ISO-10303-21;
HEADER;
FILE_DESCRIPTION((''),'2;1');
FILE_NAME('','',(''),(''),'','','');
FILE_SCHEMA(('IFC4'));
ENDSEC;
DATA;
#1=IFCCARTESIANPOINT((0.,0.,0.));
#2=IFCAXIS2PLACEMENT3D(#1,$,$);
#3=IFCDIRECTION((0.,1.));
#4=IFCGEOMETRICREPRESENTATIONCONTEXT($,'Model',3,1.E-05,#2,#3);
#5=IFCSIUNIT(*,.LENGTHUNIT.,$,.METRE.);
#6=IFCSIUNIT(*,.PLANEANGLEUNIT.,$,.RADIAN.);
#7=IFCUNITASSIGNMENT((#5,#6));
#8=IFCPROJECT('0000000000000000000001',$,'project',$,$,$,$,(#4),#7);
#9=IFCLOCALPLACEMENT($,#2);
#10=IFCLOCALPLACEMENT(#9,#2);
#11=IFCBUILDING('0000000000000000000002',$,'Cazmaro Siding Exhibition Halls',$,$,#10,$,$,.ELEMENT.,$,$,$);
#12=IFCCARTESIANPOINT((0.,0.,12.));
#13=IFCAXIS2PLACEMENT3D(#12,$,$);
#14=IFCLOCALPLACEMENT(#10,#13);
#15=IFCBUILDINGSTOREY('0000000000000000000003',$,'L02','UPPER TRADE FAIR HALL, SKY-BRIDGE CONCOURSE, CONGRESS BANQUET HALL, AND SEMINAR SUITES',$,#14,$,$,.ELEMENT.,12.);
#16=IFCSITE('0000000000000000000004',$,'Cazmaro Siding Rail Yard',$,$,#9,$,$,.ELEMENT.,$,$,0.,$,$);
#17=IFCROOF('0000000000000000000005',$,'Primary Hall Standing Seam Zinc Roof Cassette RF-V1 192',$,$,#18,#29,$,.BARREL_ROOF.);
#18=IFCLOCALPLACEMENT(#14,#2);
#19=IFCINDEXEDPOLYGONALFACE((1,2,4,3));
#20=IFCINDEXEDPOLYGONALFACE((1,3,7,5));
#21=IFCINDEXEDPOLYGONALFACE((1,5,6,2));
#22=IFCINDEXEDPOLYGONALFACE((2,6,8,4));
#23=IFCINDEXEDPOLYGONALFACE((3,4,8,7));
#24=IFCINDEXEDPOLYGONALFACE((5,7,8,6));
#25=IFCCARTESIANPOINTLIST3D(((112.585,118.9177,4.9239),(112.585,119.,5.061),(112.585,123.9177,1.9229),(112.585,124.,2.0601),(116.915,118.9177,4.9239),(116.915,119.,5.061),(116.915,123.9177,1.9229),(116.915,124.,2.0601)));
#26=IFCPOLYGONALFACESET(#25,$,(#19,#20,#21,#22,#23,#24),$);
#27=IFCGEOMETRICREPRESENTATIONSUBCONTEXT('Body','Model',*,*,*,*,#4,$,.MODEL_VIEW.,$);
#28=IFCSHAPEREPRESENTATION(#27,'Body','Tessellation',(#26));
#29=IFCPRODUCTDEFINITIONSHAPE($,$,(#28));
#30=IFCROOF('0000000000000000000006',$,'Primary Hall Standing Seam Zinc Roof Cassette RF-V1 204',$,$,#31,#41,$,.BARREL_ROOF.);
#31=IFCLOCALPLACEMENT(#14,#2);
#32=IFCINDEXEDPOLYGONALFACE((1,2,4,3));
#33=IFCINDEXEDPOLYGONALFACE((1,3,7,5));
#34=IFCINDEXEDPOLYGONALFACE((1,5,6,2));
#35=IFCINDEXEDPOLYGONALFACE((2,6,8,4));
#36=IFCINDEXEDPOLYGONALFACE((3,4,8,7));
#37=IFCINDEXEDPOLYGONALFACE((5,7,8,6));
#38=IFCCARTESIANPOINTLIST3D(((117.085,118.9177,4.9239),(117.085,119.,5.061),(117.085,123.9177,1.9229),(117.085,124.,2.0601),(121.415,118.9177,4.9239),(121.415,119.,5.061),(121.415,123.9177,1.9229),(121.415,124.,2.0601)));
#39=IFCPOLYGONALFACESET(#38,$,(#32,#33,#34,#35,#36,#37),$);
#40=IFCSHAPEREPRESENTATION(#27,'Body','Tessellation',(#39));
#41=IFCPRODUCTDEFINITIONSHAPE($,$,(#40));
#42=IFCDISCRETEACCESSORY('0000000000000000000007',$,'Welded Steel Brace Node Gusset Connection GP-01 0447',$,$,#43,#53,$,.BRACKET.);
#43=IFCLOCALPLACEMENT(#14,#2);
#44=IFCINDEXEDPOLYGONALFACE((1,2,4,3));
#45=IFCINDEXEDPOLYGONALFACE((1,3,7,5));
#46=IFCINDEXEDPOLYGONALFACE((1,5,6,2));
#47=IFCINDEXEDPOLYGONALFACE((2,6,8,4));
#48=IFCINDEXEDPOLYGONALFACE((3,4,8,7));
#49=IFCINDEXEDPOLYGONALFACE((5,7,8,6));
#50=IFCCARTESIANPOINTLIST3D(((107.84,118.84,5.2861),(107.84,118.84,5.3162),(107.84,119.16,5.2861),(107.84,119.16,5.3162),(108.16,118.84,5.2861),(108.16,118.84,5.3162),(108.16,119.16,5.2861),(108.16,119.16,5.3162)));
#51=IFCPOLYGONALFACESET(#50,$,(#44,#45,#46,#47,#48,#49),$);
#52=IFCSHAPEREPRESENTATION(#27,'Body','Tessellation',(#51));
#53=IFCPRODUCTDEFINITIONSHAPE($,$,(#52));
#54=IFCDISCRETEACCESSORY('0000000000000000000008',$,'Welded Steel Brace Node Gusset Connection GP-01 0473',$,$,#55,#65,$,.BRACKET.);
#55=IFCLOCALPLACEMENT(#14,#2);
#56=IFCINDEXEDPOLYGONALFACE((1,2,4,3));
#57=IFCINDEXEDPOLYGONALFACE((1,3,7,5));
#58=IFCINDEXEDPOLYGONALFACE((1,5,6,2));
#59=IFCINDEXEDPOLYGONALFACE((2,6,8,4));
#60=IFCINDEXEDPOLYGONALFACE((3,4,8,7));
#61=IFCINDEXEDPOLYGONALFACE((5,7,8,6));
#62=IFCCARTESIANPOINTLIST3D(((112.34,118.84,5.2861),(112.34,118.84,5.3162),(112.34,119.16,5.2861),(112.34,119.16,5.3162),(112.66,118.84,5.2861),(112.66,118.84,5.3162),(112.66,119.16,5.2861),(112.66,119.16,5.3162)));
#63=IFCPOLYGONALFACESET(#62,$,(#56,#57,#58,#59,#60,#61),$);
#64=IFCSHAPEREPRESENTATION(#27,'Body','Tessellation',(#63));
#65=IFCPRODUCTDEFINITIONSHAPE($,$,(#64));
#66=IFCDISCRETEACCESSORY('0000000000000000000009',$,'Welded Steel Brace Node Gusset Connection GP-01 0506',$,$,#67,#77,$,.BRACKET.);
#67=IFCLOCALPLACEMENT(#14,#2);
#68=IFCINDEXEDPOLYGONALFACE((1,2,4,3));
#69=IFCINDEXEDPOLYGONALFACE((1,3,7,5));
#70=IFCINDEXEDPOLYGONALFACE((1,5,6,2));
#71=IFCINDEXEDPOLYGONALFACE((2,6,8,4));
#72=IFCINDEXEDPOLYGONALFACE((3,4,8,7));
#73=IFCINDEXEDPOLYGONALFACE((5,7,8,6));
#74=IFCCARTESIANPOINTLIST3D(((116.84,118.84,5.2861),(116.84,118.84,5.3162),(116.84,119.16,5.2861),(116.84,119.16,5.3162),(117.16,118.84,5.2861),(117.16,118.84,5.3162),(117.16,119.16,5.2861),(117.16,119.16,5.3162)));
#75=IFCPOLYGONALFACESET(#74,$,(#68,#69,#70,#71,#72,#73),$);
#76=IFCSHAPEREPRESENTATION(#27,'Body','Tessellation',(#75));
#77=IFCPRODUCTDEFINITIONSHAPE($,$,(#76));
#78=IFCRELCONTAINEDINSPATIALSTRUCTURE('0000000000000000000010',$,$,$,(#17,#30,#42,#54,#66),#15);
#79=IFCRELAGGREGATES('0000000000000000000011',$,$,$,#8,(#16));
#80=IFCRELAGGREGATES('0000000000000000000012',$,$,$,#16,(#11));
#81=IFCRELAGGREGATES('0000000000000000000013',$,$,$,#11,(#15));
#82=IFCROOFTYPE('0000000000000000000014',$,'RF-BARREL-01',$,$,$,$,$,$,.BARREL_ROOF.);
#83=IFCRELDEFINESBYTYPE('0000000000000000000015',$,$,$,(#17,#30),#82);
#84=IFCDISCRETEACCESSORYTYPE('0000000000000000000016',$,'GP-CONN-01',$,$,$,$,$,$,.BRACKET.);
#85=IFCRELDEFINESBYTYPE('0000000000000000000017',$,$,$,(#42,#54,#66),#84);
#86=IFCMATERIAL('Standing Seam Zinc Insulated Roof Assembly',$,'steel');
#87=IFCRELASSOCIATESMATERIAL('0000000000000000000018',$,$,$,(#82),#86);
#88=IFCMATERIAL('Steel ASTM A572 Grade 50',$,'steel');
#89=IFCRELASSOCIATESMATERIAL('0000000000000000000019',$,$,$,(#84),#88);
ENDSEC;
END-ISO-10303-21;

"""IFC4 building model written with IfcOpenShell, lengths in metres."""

from ifc_helpers import new_model, si_unit, direction, frame, origin, origin_2d, place, context, subcontext, project, spatial, polyline, rectangle, outline, extrude, material, type_object, element, save


model = new_model("IFC4")

# Units and contexts
model_context = context("Model", 3, precision=1e-05, world=origin(), true_north=direction((0.0, 1.0)))
body_context = subcontext(model_context, "Body", "Model", "MODEL_VIEW")
ifc_project = project(units=[si_unit("LENGTHUNIT", "METRE"), si_unit("PLANEANGLEUNIT", "RADIAN")], contexts=[model_context])

# Site, building, storey
site_placement = place(None, origin())
site = spatial("IfcSite", under=ifc_project, at=site_placement, Name="Cazmaro Siding Rail Yard", CompositionType="ELEMENT", RefElevation=0.0)
building_placement = place(site_placement, origin())
building = spatial("IfcBuilding", under=site, at=building_placement, Name="Cazmaro Siding Exhibition Halls", CompositionType="ELEMENT")
storey_placement = place(building_placement, frame((0.0, 0.0, 12.0)))
storey = spatial("IfcBuildingStorey", under=building, at=storey_placement, Name="L02", Description="UPPER TRADE FAIR HALL, SKY-BRIDGE CONCOURSE, CONGRESS BANQUET HALL, AND SEMINAR SUITES", CompositionType="ELEMENT", Elevation=12.0)

# Roofs
ifc_material_1 = material(Name="Standing Seam Zinc Insulated Roof Assembly", Category="steel")
roof_type = type_object("IfcRoofType", Name="RF-BARREL-01", PredefinedType="BARREL_ROOF", material=ifc_material_1)
for number, where, z_axis, x_axis, name in (
    (1, (112.585, 119.0, 5.061), (0.0, 0.514619, 0.857419), (1.0, 0.0, 0.0), "Primary Hall Standing Seam Zinc Roof Cassette RF-V1 192"),
    (2, (117.085, 119.0, 5.061), (0.0, 0.514619, 0.857419), (1.0, 0.0, 0.0), "Primary Hall Standing Seam Zinc Roof Cassette RF-V1 204"),
):
    element("IfcRoof", number, at=place(storey_placement, frame(where, z_axis=z_axis, x_axis=x_axis)), inside=storey, type_object=roof_type, Name=name, PredefinedType="BARREL_ROOF", context=body_context, shape_type="SweptSolid", body=[
        extrude(outline(polyline([(0.0, 0.0), (4.3301, 0.0), (4.3301, 5.8315), (0.0, 5.8315), (0.0, 0.0)])), origin(), (0.0, 0.0, -1.0), 0.1599),
    ])

# Discrete accessories
ifc_material_2 = material(Name="Steel ASTM A572 Grade 50", Category="steel")
discrete_accessory_type = type_object("IfcDiscreteAccessoryType", Name="GP-CONN-01", PredefinedType="BRACKET", material=ifc_material_2)
for number, where, z_axis, x_axis, name in (
    (3, (108.0, 119.0, 5.2861), (0.0, 0.0, 1.0), (1.0, 0.0, 0.0), "Welded Steel Brace Node Gusset Connection GP-01 0447"),
    (4, (112.5, 119.0, 5.2861), (0.0, 0.0, 1.0), (1.0, 0.0, 0.0), "Welded Steel Brace Node Gusset Connection GP-01 0473"),
    (5, (117.0, 119.0, 5.2861), (0.0, 0.0, 1.0), (1.0, 0.0, 0.0), "Welded Steel Brace Node Gusset Connection GP-01 0506"),
):
    element("IfcDiscreteAccessory", number, at=place(storey_placement, frame(where, z_axis=z_axis, x_axis=x_axis)), inside=storey, type_object=discrete_accessory_type, Name=name, PredefinedType="BRACKET", context=body_context, shape_type="SweptSolid", body=[
        extrude(rectangle(XDim=0.3201, YDim=0.3201, at=origin_2d()), origin(), (0.0, 0.0, 1.0), 0.03),
    ])

save(model, "model.ifc")
